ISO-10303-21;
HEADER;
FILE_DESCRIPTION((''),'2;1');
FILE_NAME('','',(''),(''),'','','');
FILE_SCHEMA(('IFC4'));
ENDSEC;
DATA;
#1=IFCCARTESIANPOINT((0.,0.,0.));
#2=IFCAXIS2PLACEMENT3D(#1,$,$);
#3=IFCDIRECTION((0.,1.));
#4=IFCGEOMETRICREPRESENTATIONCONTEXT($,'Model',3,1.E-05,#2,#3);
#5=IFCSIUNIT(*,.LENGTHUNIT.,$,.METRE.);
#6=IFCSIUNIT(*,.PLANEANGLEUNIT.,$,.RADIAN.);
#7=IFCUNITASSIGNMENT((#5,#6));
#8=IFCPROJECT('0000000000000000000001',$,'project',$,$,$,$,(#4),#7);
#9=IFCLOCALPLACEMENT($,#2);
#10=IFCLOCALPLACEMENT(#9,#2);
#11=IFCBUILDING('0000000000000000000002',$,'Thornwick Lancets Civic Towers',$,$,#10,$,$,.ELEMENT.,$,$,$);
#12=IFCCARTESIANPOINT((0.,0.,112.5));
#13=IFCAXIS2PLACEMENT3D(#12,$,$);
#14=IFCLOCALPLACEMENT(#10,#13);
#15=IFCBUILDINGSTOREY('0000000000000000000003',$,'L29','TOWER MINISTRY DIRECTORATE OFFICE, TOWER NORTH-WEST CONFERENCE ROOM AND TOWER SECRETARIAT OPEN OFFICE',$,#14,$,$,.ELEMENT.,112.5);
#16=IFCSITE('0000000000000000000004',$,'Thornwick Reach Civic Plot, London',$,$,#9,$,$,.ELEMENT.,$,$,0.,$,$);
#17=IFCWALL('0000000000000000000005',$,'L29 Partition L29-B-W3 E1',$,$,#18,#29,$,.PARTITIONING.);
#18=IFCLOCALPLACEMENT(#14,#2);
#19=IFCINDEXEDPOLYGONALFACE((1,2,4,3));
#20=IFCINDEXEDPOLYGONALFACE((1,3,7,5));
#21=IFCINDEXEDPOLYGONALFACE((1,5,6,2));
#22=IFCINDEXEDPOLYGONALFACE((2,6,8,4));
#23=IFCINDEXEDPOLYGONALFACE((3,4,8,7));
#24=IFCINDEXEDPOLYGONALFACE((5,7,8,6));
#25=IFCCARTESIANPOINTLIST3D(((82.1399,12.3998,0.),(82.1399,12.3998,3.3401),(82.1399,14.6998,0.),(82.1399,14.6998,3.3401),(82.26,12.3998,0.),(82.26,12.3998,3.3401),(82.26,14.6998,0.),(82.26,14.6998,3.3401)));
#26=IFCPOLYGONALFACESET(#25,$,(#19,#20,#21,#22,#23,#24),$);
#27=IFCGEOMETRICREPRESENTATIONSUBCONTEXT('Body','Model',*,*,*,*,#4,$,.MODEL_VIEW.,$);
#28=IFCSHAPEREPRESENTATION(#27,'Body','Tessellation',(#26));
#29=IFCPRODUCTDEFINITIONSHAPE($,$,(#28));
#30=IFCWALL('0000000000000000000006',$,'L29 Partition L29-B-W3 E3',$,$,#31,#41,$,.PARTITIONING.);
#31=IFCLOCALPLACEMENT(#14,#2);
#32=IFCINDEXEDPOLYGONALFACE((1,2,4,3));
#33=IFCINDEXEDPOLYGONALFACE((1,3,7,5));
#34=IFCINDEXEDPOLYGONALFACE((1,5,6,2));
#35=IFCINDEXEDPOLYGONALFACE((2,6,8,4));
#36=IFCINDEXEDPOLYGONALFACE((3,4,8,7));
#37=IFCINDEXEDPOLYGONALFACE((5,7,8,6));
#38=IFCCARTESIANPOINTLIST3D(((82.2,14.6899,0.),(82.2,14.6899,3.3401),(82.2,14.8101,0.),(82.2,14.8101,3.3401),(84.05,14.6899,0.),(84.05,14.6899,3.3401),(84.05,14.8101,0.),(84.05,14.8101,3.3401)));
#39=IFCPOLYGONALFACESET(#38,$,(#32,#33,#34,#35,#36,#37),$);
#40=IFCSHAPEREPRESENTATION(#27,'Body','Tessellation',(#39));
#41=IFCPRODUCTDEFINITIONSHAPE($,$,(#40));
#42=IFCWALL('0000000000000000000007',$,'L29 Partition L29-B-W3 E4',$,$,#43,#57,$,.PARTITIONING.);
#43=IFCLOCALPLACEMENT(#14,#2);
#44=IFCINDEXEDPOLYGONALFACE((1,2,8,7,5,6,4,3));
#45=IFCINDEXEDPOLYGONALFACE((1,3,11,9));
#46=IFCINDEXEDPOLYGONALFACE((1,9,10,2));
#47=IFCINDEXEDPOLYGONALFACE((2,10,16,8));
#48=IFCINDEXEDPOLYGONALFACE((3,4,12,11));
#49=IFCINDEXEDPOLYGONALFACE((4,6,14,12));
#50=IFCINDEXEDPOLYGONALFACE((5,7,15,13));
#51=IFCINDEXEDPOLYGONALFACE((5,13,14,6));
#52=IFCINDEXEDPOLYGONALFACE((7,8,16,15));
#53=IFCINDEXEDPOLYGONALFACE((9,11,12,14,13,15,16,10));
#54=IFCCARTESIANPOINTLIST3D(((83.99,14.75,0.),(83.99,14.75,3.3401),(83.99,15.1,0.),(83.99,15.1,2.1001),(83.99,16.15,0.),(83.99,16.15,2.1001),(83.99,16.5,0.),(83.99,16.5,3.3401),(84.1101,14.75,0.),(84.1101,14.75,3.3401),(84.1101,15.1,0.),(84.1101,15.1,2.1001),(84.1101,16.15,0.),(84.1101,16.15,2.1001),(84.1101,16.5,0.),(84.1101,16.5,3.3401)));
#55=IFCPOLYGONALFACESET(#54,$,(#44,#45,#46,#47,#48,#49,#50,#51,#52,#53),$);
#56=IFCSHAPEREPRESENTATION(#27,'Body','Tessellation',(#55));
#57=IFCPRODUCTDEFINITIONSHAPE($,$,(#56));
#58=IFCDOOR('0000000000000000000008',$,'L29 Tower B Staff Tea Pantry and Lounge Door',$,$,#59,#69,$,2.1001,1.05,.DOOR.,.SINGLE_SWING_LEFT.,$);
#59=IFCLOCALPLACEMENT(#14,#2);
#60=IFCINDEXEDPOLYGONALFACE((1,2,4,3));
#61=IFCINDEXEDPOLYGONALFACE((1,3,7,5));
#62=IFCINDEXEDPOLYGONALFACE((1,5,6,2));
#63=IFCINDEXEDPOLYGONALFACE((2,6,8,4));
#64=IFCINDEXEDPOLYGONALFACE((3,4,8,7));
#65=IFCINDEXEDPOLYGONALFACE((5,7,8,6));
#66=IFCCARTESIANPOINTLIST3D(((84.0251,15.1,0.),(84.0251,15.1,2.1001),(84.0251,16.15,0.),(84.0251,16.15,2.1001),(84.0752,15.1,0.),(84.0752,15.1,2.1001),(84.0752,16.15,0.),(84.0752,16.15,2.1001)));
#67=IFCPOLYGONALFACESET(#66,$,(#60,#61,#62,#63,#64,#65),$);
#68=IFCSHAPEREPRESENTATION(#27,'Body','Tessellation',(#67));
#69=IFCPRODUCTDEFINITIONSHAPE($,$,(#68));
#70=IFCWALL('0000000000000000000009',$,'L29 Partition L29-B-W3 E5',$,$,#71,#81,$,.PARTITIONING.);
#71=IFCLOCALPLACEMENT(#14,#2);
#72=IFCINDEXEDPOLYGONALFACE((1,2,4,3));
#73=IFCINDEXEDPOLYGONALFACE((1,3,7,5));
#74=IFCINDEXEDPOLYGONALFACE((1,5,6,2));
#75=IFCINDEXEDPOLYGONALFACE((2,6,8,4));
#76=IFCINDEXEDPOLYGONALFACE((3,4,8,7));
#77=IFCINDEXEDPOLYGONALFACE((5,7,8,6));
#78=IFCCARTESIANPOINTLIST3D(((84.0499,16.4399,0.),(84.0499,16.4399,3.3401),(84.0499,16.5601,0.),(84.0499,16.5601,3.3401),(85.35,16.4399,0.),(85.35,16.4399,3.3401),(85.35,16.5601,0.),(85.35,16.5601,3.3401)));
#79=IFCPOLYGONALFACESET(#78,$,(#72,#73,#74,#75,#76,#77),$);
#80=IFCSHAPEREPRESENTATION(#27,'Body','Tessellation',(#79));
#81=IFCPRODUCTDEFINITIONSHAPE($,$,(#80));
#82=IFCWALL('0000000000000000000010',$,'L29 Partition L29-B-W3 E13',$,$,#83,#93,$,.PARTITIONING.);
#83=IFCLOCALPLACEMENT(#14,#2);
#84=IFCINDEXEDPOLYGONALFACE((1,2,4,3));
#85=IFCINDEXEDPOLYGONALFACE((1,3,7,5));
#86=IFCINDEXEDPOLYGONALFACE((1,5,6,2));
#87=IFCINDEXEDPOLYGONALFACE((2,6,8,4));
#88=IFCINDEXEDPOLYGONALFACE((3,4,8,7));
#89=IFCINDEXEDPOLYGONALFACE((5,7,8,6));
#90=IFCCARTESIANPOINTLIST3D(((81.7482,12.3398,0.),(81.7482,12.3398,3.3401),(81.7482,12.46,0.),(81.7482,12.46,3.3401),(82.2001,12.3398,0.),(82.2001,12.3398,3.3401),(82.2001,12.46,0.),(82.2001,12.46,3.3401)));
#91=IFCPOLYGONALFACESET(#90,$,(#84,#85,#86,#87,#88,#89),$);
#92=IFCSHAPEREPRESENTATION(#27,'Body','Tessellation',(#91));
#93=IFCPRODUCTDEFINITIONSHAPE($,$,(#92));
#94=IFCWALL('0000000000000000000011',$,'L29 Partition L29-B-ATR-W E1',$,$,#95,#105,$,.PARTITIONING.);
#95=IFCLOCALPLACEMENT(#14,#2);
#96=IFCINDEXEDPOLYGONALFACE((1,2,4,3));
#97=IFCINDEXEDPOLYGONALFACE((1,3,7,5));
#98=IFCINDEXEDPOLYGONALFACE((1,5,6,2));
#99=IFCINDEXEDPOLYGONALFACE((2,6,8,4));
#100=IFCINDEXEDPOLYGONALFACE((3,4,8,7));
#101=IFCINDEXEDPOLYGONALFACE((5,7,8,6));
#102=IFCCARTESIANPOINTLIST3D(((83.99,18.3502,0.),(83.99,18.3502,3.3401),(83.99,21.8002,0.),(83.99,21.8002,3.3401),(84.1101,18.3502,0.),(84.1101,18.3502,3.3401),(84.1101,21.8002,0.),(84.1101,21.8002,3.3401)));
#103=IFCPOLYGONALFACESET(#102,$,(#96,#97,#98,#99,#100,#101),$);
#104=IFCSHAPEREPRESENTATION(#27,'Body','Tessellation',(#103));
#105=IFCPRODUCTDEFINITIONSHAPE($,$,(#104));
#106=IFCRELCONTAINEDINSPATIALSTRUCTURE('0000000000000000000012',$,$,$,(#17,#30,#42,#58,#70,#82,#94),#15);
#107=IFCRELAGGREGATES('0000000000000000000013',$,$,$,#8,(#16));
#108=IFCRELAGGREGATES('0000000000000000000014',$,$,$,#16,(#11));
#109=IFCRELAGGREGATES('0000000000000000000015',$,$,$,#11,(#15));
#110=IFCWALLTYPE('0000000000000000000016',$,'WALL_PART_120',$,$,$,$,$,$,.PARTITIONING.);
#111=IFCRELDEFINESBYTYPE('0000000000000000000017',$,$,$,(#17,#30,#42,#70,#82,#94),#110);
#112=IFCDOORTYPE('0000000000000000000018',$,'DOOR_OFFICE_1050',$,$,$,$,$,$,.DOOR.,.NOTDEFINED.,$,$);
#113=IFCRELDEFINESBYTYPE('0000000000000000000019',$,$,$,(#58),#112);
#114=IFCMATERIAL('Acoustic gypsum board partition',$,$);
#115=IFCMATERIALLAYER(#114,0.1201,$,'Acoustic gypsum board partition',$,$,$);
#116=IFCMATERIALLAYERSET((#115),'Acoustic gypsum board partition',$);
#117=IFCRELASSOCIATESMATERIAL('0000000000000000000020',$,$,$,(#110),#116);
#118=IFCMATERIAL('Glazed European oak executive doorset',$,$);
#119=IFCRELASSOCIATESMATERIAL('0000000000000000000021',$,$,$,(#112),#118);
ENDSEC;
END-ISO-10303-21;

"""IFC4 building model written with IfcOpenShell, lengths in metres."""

from ifc_helpers import new_model, si_unit, direction, frame, frame_2d, origin, place, context, subcontext, project, spatial, rectangle, extrude, material, layer, layer_set, type_object, element, fill, save


model = new_model("IFC4")

# Units and contexts
model_context = context("Model", 3, precision=1e-05, world=origin(), true_north=direction((0.0, 1.0)))
body_context = subcontext(model_context, "Body", "Model", "MODEL_VIEW")
ifc_project = project(units=[si_unit("LENGTHUNIT", "METRE"), si_unit("PLANEANGLEUNIT", "RADIAN")], contexts=[model_context])

# Site, building, storey
site_placement = place(None, origin())
site = spatial("IfcSite", under=ifc_project, at=site_placement, Name="Thornwick Reach Civic Plot, London", CompositionType="ELEMENT", RefElevation=0.0)
building_placement = place(site_placement, origin())
building = spatial("IfcBuilding", under=site, at=building_placement, Name="Thornwick Lancets Civic Towers", CompositionType="ELEMENT")
storey_placement = place(building_placement, frame((0.0, 0.0, 112.5)))
storey = spatial("IfcBuildingStorey", under=building, at=storey_placement, Name="L29", Description="TOWER MINISTRY DIRECTORATE OFFICE, TOWER NORTH-WEST CONFERENCE ROOM AND TOWER SECRETARIAT OPEN OFFICE", CompositionType="ELEMENT", Elevation=112.5)

# Walls
ifc_material_1 = material(Name="Acoustic gypsum board partition")
ifc_layer_1 = layer(ifc_material_1, 0.1201, Name="Acoustic gypsum board partition")
ifc_layer_set_1 = layer_set([ifc_layer_1], Name="Acoustic gypsum board partition")
wall_type_1 = type_object("IfcWallType", Name="WALL_PART_120", PredefinedType="PARTITIONING", material=ifc_layer_set_1)
wall_1_placement = place(storey_placement, frame((82.2, 12.3999, 0.0), z_axis=(0.0, 0.0, 1.0), x_axis=(0.0, 1.0, 0.0)))
element("IfcWall", 1, at=wall_1_placement, inside=storey, type_object=wall_type_1, Name="L29 Partition L29-B-W3 E1", PredefinedType="PARTITIONING", context=body_context, shape_type="SweptSolid", body=[
    extrude(rectangle(XDim=2.3, YDim=0.1201, at=frame_2d((1.1499, 0.0))), origin(), (0.0, 0.0, 1.0), 3.3401),
])
wall_2_placement = place(storey_placement, frame((82.2, 14.75, 0.0), z_axis=(0.0, 0.0, 1.0), x_axis=(1.0, 0.0, 0.0)))
element("IfcWall", 2, at=wall_2_placement, inside=storey, type_object=wall_type_1, Name="L29 Partition L29-B-W3 E3", PredefinedType="PARTITIONING", context=body_context, shape_type="SweptSolid", body=[
    extrude(rectangle(XDim=1.8501, YDim=0.1201, at=frame_2d((0.925, 0.0))), origin(), (0.0, 0.0, 1.0), 3.3401),
])

# Wall, opening, door
wall_3_placement = place(storey_placement, frame((84.05, 14.75, 0.0), z_axis=(0.0, 0.0, 1.0), x_axis=(0.0, 1.0, 0.0)))
wall_3 = element("IfcWall", 3, at=wall_3_placement, inside=storey, type_object=wall_type_1, Name="L29 Partition L29-B-W3 E4", PredefinedType="PARTITIONING", context=body_context, shape_type="SweptSolid", body=[
    extrude(rectangle(XDim=1.75, YDim=0.1201, at=frame_2d((0.875, 0.0))), origin(), (0.0, 0.0, 1.0), 3.3401),
])
opening_1_placement = place(wall_3_placement, frame((0.3501, 0.0, 0.0)))
opening_1 = element("IfcOpeningElement", 4, at=opening_1_placement, cuts=wall_3, PredefinedType="OPENING", context=body_context, shape_type="SweptSolid", body=[
    extrude(rectangle(XDim=1.05, YDim=2.1001, at=frame_2d((0.5249, 1.05))), frame((0.0, 0.0701, 0.0), z_axis=(0.0, -1.0, 0.0), x_axis=(1.0, 0.0, 0.0)), (0.0, 0.0, 1.0), 0.1401),
])
ifc_material_2 = material(Name="Glazed European oak executive doorset")
door_type_1 = type_object("IfcDoorType", Name="DOOR_OFFICE_1050", OperationType="NOTDEFINED", PredefinedType="DOOR", material=ifc_material_2)
door_1_placement = place(opening_1_placement, origin())
door_1 = element("IfcDoor", 5, at=door_1_placement, inside=storey, type_object=door_type_1, Name="L29 Tower B Staff Tea Pantry and Lounge Door", OperationType="SINGLE_SWING_LEFT", OverallHeight=2.1001, OverallWidth=1.05, PredefinedType="DOOR", context=body_context, shape_type="SweptSolid", body=[
    extrude(rectangle(XDim=1.05, YDim=2.1001, at=frame_2d((0.5249, 1.05))), frame((0.0, 0.0249, 0.0), z_axis=(0.0, -1.0, 0.0), x_axis=(1.0, 0.0, 0.0)), (0.0, 0.0, 1.0), 0.05),
])
fill(opening_1, door_1)

# Walls
wall_4_placement = place(storey_placement, frame((84.05, 16.5, 0.0), z_axis=(0.0, 0.0, 1.0), x_axis=(1.0, 0.0, 0.0)))
element("IfcWall", 6, at=wall_4_placement, inside=storey, type_object=wall_type_1, Name="L29 Partition L29-B-W3 E5", PredefinedType="PARTITIONING", context=body_context, shape_type="SweptSolid", body=[
    extrude(rectangle(XDim=1.3, YDim=0.1201, at=frame_2d((0.6499, 0.0))), origin(), (0.0, 0.0, 1.0), 3.3401),
])
wall_5_placement = place(storey_placement, frame((81.748, 12.3999, 0.0), z_axis=(0.0, 0.0, 1.0), x_axis=(1.0, 0.0, 0.0)))
element("IfcWall", 7, at=wall_5_placement, inside=storey, type_object=wall_type_1, Name="L29 Partition L29-B-W3 E13", PredefinedType="PARTITIONING", context=body_context, shape_type="SweptSolid", body=[
    extrude(rectangle(XDim=0.4519, YDim=0.1201, at=frame_2d((0.2261, 0.0))), origin(), (0.0, 0.0, 1.0), 3.3401),
])
wall_6_placement = place(storey_placement, frame((84.05, 18.3501, 0.0), z_axis=(0.0, 0.0, 1.0), x_axis=(0.0, 1.0, 0.0)))
element("IfcWall", 8, at=wall_6_placement, inside=storey, type_object=wall_type_1, Name="L29 Partition L29-B-ATR-W E1", PredefinedType="PARTITIONING", context=body_context, shape_type="SweptSolid", body=[
    extrude(rectangle(XDim=3.45, YDim=0.1201, at=frame_2d((1.7251, 0.0))), origin(), (0.0, 0.0, 1.0), 3.3401),
])

save(model, "model.ifc")
